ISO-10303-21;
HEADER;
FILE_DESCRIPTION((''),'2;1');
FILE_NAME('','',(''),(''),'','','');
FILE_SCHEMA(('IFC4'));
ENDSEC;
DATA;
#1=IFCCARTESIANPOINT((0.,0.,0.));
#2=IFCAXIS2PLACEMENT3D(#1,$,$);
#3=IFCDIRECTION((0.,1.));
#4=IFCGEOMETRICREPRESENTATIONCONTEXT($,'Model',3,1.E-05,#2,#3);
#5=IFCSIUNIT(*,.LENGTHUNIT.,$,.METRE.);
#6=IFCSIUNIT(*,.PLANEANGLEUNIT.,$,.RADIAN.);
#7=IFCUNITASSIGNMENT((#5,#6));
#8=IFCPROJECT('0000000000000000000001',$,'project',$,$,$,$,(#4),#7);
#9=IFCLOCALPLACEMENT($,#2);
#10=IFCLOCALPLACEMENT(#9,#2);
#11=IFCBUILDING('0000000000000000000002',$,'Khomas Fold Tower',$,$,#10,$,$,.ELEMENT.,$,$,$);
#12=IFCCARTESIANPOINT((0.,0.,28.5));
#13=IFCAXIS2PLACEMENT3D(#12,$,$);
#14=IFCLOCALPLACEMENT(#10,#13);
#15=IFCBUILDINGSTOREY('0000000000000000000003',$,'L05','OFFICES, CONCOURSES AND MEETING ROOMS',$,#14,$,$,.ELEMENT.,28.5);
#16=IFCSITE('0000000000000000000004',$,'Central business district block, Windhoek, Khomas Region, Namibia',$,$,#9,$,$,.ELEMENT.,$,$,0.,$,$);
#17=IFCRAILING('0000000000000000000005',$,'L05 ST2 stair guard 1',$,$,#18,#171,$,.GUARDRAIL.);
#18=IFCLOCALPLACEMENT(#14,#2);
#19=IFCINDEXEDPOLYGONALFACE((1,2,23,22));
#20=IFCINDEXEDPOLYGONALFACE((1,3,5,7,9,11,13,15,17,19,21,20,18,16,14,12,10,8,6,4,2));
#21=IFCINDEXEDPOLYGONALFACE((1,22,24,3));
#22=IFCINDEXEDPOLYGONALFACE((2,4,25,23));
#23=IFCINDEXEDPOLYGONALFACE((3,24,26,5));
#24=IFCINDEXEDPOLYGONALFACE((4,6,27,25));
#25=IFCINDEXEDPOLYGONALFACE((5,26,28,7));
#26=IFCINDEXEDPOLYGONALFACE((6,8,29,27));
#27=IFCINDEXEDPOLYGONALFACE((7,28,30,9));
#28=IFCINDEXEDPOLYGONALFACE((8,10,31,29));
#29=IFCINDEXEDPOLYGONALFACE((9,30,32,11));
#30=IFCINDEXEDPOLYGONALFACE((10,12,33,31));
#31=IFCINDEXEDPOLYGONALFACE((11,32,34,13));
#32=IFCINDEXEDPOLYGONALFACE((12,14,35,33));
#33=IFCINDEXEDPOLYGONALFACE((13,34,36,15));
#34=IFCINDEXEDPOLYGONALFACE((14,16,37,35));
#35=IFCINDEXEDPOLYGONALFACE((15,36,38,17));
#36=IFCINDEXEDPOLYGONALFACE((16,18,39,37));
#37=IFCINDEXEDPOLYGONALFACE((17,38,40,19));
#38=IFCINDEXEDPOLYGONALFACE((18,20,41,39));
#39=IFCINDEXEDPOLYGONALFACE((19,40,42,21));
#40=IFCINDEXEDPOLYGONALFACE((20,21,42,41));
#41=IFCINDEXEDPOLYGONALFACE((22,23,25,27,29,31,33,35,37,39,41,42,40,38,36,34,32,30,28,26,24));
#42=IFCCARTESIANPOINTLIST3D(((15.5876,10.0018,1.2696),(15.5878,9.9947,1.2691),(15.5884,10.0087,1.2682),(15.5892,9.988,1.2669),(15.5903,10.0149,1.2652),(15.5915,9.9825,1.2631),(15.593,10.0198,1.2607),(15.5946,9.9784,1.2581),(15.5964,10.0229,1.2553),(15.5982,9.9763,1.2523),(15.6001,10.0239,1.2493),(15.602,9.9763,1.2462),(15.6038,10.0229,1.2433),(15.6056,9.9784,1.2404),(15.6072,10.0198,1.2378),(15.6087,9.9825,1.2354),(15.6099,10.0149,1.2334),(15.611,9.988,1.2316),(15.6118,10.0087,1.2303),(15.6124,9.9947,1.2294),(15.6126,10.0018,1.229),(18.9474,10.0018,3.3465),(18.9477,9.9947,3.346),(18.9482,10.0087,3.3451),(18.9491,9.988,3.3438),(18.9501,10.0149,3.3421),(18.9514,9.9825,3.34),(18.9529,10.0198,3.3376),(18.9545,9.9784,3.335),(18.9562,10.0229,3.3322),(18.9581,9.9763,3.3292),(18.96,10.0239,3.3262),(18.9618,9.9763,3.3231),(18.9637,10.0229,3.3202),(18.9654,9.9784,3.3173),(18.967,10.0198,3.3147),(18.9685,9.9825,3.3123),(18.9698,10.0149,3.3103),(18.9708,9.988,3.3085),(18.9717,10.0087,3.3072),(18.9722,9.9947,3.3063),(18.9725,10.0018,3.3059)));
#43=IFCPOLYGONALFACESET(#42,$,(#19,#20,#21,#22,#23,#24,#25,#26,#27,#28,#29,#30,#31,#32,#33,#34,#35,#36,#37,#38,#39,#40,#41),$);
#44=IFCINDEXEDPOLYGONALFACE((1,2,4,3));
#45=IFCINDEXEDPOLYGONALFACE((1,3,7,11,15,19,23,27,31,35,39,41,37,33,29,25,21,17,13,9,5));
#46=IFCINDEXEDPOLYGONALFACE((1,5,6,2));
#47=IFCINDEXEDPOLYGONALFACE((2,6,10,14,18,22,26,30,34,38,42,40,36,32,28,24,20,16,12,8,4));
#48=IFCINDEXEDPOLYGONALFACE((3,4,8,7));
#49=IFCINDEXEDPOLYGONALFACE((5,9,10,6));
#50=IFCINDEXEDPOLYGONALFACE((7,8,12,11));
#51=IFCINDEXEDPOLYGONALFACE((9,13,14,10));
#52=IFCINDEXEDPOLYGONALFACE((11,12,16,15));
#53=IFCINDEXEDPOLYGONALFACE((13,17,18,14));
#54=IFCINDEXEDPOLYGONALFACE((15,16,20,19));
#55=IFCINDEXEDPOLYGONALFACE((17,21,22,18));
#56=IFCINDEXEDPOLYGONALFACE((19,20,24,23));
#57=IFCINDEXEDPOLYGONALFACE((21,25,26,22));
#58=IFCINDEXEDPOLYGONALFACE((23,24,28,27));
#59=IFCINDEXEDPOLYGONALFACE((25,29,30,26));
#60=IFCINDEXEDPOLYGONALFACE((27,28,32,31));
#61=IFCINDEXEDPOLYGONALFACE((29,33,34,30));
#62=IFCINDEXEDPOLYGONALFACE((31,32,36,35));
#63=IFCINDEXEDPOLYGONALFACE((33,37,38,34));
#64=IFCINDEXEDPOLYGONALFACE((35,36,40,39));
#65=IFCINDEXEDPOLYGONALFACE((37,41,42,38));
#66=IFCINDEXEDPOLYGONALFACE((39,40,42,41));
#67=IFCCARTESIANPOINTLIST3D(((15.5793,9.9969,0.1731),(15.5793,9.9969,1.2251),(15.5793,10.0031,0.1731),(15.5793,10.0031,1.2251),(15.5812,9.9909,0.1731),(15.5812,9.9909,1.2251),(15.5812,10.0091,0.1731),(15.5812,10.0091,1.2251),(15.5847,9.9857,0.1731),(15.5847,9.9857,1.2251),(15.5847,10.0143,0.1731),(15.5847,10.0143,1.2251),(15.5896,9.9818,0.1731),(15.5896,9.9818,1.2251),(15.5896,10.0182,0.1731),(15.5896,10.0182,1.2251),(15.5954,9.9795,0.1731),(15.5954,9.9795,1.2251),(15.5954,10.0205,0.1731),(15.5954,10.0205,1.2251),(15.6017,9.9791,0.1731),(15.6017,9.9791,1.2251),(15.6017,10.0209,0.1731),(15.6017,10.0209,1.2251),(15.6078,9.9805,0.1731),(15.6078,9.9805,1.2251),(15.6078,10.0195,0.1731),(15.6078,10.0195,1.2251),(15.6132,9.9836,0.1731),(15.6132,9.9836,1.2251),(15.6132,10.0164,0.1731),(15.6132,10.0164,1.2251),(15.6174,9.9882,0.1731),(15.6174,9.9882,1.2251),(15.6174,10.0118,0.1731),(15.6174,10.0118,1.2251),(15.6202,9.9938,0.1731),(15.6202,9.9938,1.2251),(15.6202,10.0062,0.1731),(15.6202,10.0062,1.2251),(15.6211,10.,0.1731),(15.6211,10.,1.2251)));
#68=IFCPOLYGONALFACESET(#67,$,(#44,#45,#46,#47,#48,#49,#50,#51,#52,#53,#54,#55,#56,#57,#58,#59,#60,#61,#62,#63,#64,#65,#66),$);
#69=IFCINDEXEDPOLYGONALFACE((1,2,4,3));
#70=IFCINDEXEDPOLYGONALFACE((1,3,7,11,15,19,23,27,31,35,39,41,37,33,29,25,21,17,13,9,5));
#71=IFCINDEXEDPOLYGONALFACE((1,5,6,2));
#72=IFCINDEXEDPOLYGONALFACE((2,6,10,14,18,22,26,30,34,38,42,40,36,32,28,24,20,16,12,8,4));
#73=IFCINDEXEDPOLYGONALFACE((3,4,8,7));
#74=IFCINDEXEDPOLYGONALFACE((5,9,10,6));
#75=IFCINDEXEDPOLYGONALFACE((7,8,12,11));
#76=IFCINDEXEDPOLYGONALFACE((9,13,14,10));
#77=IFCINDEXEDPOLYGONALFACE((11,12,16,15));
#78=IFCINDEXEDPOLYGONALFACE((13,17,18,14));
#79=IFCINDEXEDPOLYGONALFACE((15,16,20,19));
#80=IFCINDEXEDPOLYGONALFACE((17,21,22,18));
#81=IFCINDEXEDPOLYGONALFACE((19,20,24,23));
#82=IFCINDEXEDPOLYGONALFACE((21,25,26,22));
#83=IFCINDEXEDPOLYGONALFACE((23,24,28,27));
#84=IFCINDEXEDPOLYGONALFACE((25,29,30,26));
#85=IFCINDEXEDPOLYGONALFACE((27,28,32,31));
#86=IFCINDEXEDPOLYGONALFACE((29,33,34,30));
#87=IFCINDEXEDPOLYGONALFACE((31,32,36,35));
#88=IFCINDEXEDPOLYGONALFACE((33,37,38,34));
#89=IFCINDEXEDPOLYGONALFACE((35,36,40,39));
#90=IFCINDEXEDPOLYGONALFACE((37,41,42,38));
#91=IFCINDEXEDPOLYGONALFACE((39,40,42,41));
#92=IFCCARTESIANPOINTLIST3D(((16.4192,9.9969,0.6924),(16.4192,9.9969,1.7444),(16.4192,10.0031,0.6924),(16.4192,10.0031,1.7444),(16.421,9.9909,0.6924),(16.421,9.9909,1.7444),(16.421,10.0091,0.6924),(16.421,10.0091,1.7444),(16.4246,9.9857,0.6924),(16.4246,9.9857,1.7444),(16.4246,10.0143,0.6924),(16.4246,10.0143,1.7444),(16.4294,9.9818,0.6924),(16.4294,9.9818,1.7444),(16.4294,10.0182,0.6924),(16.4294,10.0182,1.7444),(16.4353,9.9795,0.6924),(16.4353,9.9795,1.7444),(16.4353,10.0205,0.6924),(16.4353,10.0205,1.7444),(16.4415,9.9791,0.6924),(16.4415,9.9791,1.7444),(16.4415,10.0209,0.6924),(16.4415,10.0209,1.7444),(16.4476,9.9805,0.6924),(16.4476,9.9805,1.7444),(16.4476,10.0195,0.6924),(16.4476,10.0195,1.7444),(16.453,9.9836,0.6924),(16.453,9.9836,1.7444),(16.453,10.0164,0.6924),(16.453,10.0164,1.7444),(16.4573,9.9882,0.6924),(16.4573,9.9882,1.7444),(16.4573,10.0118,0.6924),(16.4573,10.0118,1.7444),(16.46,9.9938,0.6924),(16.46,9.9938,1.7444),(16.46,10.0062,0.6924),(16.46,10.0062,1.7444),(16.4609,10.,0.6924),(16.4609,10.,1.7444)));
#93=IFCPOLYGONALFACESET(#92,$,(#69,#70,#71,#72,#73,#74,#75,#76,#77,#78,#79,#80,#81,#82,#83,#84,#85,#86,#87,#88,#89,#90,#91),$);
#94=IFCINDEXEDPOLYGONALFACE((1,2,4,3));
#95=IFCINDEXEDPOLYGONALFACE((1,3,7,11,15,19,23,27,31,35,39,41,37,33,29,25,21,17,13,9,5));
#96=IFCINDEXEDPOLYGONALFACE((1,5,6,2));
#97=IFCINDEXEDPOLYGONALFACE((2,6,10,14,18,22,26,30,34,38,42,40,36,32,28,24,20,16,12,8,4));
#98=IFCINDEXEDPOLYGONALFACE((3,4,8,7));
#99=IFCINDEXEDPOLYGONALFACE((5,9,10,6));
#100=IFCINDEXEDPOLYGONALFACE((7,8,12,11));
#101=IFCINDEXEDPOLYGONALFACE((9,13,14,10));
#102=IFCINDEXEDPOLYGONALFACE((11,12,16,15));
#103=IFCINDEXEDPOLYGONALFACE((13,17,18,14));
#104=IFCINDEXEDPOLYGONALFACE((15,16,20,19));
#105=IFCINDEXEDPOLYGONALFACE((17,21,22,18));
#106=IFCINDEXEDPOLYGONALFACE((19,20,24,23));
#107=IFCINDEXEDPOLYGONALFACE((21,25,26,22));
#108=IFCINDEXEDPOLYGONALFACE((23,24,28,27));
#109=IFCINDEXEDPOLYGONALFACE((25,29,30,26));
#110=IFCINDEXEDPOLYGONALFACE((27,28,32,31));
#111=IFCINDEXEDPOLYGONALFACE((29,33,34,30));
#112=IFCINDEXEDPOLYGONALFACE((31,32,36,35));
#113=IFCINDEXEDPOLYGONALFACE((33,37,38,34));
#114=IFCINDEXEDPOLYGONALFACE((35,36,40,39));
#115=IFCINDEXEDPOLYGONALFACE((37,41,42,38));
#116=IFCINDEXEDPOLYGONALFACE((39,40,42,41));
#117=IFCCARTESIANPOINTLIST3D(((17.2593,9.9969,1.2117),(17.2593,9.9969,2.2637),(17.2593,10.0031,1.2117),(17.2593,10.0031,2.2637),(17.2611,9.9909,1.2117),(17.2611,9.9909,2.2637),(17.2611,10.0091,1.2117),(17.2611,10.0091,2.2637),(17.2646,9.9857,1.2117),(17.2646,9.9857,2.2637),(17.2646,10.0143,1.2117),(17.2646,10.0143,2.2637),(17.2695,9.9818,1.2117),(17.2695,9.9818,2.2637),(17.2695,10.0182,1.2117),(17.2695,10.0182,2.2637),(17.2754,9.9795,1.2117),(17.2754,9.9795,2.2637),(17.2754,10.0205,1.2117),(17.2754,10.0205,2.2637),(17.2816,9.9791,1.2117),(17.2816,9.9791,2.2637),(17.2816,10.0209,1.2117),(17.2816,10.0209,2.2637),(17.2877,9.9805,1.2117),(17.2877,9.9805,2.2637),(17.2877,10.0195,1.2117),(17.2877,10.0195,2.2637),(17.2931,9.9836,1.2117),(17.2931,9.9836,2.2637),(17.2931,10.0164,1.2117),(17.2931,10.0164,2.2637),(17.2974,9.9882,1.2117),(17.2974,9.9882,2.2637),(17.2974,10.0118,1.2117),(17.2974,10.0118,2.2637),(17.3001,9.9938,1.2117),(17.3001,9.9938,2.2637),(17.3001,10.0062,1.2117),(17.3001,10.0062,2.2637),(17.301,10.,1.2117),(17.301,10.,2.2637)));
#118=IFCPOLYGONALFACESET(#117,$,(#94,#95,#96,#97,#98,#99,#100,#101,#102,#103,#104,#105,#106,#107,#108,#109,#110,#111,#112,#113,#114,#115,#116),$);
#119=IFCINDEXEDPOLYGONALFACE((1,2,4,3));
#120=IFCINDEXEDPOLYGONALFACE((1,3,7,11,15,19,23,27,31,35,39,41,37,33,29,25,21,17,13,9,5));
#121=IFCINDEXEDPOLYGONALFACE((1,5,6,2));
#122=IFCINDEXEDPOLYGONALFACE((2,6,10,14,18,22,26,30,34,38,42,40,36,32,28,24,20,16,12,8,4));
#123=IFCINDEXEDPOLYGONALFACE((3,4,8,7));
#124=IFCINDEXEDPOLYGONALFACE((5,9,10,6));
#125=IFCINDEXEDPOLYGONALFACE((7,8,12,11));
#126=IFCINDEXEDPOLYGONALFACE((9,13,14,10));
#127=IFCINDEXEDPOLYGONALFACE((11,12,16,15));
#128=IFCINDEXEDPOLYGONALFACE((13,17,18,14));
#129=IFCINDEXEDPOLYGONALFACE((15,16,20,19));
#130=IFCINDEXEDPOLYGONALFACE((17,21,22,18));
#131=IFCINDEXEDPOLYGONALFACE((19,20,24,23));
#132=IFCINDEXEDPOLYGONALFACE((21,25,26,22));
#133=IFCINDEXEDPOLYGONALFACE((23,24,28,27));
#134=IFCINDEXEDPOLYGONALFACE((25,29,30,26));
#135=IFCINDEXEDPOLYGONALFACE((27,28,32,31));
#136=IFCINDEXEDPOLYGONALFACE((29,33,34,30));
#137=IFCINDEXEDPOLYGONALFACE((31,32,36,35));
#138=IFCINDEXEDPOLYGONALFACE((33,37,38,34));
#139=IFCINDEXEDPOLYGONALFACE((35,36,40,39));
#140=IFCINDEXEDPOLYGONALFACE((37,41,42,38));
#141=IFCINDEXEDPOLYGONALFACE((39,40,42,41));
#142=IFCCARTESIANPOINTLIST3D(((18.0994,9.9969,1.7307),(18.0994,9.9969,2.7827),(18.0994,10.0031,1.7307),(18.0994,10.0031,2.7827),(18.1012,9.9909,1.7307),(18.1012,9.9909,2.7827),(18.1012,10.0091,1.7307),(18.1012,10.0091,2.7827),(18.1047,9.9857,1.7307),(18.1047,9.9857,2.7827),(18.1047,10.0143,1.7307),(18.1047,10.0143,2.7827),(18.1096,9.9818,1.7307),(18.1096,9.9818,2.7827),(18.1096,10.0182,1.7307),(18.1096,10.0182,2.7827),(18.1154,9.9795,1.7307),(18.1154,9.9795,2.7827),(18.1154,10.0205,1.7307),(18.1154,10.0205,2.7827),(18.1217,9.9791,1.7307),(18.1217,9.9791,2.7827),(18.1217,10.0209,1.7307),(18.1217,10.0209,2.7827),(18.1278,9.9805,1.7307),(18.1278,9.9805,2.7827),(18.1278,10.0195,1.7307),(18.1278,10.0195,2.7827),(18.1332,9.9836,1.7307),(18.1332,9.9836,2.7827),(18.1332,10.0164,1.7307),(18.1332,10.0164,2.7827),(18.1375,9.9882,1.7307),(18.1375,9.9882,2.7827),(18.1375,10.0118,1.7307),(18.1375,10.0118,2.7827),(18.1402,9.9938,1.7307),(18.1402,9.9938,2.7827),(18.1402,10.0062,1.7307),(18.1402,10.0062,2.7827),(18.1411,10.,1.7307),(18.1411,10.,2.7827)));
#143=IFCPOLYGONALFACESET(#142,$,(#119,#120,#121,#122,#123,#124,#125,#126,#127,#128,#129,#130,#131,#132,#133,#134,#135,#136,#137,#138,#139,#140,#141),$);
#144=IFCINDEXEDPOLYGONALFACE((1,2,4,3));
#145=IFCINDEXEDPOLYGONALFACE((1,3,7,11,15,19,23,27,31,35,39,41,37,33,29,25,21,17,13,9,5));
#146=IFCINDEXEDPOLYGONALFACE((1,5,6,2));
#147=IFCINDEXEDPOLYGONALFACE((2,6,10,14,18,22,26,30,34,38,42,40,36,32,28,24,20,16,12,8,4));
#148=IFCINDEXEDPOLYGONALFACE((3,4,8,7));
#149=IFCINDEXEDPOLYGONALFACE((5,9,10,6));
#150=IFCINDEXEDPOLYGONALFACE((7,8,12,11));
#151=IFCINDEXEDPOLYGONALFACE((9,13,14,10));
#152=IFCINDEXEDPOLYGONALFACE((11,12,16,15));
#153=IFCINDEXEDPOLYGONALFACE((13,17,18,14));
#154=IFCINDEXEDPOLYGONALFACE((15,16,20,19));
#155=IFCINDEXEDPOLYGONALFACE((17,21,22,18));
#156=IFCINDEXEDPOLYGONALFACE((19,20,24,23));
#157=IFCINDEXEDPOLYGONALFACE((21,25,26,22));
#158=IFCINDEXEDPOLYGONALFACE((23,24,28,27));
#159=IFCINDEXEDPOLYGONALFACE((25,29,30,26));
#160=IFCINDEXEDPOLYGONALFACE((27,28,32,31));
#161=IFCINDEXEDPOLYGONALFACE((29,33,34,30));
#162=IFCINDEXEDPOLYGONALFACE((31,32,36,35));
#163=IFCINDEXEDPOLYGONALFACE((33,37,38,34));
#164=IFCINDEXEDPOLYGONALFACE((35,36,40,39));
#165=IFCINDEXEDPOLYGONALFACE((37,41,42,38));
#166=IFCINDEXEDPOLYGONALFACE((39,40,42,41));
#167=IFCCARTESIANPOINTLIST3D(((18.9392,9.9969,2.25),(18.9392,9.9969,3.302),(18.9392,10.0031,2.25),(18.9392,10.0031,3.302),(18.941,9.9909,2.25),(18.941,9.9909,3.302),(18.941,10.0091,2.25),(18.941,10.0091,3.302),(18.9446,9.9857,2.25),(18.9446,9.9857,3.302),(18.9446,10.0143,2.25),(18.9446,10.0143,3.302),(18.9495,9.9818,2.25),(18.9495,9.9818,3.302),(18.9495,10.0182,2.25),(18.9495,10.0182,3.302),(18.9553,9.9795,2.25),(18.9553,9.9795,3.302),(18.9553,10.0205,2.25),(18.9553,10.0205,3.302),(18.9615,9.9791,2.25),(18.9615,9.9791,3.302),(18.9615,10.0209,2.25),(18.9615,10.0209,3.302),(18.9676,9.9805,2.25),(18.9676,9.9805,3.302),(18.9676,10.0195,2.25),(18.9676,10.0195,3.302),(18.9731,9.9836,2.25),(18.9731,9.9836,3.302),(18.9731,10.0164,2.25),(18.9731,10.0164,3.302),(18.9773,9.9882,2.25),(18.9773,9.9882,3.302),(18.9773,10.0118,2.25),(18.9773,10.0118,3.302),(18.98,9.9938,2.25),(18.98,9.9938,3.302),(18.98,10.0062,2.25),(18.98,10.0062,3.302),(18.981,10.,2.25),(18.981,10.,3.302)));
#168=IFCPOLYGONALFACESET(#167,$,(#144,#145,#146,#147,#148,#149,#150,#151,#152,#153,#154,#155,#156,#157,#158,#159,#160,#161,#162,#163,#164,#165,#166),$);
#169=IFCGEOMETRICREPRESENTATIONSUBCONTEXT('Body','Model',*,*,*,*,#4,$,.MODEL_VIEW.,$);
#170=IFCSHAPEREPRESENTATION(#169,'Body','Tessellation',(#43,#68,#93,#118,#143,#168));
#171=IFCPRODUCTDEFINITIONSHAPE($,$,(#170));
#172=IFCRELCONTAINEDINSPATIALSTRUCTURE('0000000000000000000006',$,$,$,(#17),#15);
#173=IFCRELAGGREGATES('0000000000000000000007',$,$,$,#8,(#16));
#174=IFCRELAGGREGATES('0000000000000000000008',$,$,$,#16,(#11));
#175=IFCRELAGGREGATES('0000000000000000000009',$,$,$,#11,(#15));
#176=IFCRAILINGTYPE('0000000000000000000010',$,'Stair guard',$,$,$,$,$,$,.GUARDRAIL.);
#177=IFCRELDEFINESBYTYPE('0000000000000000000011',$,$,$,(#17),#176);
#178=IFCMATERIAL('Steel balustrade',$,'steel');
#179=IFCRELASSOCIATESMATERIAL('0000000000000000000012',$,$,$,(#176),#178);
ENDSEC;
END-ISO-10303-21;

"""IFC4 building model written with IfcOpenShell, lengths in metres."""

from ifc_helpers import new_model, si_unit, direction, frame, origin, origin_2d, place, context, subcontext, project, spatial, circle, extrude, source, transform, mapped, material, type_object, element, save


model = new_model("IFC4")

# Units and contexts
model_context = context("Model", 3, precision=1e-05, world=origin(), true_north=direction((0.0, 1.0)))
body_context = subcontext(model_context, "Body", "Model", "MODEL_VIEW")
ifc_project = project(units=[si_unit("LENGTHUNIT", "METRE"), si_unit("PLANEANGLEUNIT", "RADIAN")], contexts=[model_context])

# Site, building, storey
site_placement = place(None, origin())
site = spatial("IfcSite", under=ifc_project, at=site_placement, Name="Central business district block, Windhoek, Khomas Region, Namibia", CompositionType="ELEMENT", RefElevation=0.0)
building_placement = place(site_placement, origin())
building = spatial("IfcBuilding", under=site, at=building_placement, Name="Khomas Fold Tower", CompositionType="ELEMENT")
storey_placement = place(building_placement, frame((0.0, 0.0, 28.5)))
storey = spatial("IfcBuildingStorey", under=building, at=storey_placement, Name="L05", Description="OFFICES, CONCOURSES AND MEETING ROOMS", CompositionType="ELEMENT", Elevation=28.5)

# Railing
ifc_material_1 = material(Name="Steel balustrade", Category="steel")
railing_type_1 = type_object("IfcRailingType", Name="Stair guard", PredefinedType="GUARDRAIL", material=ifc_material_1)
shared_shape_1 = source(origin(), body_context, "Body", "SweptSolid", [
    extrude(circle(Radius=0.0239, at=origin_2d()), frame((0.0, 0.0, 1.0762), z_axis=(0.850606, 0.0, 0.525803), x_axis=(0.0, 1.0, 0.0)), (0.0, 0.0, 1.0), 3.95),
    extrude(circle(Radius=0.021, at=origin_2d()), origin(), (0.0, 0.0, 1.0), 1.052),
    extrude(circle(Radius=0.021, at=origin_2d()), frame((0.8398, 0.0, 0.5193)), (0.0, 0.0, 1.0), 1.052),
    extrude(circle(Radius=0.021, at=origin_2d()), frame((1.6799, 0.0, 1.0386)), (0.0, 0.0, 1.0), 1.052),
    extrude(circle(Radius=0.021, at=origin_2d()), frame((2.52, 0.0, 1.5576)), (0.0, 0.0, 1.0), 1.052),
    extrude(circle(Radius=0.021, at=origin_2d()), frame((3.3599, 0.0, 2.0769)), (0.0, 0.0, 1.0), 1.052),
])
railing_1_placement = place(storey_placement, frame((15.6001, 10.0, 0.1731)))
element("IfcRailing", 1, at=railing_1_placement, inside=storey, type_object=railing_type_1, Name="L05 ST2 stair guard 1", PredefinedType="GUARDRAIL", context=body_context, shape_type="MappedRepresentation", body=[
    mapped(shared_shape_1, transform((0.0, 0.0, 0.0))),
])

save(model, "model.ifc")
